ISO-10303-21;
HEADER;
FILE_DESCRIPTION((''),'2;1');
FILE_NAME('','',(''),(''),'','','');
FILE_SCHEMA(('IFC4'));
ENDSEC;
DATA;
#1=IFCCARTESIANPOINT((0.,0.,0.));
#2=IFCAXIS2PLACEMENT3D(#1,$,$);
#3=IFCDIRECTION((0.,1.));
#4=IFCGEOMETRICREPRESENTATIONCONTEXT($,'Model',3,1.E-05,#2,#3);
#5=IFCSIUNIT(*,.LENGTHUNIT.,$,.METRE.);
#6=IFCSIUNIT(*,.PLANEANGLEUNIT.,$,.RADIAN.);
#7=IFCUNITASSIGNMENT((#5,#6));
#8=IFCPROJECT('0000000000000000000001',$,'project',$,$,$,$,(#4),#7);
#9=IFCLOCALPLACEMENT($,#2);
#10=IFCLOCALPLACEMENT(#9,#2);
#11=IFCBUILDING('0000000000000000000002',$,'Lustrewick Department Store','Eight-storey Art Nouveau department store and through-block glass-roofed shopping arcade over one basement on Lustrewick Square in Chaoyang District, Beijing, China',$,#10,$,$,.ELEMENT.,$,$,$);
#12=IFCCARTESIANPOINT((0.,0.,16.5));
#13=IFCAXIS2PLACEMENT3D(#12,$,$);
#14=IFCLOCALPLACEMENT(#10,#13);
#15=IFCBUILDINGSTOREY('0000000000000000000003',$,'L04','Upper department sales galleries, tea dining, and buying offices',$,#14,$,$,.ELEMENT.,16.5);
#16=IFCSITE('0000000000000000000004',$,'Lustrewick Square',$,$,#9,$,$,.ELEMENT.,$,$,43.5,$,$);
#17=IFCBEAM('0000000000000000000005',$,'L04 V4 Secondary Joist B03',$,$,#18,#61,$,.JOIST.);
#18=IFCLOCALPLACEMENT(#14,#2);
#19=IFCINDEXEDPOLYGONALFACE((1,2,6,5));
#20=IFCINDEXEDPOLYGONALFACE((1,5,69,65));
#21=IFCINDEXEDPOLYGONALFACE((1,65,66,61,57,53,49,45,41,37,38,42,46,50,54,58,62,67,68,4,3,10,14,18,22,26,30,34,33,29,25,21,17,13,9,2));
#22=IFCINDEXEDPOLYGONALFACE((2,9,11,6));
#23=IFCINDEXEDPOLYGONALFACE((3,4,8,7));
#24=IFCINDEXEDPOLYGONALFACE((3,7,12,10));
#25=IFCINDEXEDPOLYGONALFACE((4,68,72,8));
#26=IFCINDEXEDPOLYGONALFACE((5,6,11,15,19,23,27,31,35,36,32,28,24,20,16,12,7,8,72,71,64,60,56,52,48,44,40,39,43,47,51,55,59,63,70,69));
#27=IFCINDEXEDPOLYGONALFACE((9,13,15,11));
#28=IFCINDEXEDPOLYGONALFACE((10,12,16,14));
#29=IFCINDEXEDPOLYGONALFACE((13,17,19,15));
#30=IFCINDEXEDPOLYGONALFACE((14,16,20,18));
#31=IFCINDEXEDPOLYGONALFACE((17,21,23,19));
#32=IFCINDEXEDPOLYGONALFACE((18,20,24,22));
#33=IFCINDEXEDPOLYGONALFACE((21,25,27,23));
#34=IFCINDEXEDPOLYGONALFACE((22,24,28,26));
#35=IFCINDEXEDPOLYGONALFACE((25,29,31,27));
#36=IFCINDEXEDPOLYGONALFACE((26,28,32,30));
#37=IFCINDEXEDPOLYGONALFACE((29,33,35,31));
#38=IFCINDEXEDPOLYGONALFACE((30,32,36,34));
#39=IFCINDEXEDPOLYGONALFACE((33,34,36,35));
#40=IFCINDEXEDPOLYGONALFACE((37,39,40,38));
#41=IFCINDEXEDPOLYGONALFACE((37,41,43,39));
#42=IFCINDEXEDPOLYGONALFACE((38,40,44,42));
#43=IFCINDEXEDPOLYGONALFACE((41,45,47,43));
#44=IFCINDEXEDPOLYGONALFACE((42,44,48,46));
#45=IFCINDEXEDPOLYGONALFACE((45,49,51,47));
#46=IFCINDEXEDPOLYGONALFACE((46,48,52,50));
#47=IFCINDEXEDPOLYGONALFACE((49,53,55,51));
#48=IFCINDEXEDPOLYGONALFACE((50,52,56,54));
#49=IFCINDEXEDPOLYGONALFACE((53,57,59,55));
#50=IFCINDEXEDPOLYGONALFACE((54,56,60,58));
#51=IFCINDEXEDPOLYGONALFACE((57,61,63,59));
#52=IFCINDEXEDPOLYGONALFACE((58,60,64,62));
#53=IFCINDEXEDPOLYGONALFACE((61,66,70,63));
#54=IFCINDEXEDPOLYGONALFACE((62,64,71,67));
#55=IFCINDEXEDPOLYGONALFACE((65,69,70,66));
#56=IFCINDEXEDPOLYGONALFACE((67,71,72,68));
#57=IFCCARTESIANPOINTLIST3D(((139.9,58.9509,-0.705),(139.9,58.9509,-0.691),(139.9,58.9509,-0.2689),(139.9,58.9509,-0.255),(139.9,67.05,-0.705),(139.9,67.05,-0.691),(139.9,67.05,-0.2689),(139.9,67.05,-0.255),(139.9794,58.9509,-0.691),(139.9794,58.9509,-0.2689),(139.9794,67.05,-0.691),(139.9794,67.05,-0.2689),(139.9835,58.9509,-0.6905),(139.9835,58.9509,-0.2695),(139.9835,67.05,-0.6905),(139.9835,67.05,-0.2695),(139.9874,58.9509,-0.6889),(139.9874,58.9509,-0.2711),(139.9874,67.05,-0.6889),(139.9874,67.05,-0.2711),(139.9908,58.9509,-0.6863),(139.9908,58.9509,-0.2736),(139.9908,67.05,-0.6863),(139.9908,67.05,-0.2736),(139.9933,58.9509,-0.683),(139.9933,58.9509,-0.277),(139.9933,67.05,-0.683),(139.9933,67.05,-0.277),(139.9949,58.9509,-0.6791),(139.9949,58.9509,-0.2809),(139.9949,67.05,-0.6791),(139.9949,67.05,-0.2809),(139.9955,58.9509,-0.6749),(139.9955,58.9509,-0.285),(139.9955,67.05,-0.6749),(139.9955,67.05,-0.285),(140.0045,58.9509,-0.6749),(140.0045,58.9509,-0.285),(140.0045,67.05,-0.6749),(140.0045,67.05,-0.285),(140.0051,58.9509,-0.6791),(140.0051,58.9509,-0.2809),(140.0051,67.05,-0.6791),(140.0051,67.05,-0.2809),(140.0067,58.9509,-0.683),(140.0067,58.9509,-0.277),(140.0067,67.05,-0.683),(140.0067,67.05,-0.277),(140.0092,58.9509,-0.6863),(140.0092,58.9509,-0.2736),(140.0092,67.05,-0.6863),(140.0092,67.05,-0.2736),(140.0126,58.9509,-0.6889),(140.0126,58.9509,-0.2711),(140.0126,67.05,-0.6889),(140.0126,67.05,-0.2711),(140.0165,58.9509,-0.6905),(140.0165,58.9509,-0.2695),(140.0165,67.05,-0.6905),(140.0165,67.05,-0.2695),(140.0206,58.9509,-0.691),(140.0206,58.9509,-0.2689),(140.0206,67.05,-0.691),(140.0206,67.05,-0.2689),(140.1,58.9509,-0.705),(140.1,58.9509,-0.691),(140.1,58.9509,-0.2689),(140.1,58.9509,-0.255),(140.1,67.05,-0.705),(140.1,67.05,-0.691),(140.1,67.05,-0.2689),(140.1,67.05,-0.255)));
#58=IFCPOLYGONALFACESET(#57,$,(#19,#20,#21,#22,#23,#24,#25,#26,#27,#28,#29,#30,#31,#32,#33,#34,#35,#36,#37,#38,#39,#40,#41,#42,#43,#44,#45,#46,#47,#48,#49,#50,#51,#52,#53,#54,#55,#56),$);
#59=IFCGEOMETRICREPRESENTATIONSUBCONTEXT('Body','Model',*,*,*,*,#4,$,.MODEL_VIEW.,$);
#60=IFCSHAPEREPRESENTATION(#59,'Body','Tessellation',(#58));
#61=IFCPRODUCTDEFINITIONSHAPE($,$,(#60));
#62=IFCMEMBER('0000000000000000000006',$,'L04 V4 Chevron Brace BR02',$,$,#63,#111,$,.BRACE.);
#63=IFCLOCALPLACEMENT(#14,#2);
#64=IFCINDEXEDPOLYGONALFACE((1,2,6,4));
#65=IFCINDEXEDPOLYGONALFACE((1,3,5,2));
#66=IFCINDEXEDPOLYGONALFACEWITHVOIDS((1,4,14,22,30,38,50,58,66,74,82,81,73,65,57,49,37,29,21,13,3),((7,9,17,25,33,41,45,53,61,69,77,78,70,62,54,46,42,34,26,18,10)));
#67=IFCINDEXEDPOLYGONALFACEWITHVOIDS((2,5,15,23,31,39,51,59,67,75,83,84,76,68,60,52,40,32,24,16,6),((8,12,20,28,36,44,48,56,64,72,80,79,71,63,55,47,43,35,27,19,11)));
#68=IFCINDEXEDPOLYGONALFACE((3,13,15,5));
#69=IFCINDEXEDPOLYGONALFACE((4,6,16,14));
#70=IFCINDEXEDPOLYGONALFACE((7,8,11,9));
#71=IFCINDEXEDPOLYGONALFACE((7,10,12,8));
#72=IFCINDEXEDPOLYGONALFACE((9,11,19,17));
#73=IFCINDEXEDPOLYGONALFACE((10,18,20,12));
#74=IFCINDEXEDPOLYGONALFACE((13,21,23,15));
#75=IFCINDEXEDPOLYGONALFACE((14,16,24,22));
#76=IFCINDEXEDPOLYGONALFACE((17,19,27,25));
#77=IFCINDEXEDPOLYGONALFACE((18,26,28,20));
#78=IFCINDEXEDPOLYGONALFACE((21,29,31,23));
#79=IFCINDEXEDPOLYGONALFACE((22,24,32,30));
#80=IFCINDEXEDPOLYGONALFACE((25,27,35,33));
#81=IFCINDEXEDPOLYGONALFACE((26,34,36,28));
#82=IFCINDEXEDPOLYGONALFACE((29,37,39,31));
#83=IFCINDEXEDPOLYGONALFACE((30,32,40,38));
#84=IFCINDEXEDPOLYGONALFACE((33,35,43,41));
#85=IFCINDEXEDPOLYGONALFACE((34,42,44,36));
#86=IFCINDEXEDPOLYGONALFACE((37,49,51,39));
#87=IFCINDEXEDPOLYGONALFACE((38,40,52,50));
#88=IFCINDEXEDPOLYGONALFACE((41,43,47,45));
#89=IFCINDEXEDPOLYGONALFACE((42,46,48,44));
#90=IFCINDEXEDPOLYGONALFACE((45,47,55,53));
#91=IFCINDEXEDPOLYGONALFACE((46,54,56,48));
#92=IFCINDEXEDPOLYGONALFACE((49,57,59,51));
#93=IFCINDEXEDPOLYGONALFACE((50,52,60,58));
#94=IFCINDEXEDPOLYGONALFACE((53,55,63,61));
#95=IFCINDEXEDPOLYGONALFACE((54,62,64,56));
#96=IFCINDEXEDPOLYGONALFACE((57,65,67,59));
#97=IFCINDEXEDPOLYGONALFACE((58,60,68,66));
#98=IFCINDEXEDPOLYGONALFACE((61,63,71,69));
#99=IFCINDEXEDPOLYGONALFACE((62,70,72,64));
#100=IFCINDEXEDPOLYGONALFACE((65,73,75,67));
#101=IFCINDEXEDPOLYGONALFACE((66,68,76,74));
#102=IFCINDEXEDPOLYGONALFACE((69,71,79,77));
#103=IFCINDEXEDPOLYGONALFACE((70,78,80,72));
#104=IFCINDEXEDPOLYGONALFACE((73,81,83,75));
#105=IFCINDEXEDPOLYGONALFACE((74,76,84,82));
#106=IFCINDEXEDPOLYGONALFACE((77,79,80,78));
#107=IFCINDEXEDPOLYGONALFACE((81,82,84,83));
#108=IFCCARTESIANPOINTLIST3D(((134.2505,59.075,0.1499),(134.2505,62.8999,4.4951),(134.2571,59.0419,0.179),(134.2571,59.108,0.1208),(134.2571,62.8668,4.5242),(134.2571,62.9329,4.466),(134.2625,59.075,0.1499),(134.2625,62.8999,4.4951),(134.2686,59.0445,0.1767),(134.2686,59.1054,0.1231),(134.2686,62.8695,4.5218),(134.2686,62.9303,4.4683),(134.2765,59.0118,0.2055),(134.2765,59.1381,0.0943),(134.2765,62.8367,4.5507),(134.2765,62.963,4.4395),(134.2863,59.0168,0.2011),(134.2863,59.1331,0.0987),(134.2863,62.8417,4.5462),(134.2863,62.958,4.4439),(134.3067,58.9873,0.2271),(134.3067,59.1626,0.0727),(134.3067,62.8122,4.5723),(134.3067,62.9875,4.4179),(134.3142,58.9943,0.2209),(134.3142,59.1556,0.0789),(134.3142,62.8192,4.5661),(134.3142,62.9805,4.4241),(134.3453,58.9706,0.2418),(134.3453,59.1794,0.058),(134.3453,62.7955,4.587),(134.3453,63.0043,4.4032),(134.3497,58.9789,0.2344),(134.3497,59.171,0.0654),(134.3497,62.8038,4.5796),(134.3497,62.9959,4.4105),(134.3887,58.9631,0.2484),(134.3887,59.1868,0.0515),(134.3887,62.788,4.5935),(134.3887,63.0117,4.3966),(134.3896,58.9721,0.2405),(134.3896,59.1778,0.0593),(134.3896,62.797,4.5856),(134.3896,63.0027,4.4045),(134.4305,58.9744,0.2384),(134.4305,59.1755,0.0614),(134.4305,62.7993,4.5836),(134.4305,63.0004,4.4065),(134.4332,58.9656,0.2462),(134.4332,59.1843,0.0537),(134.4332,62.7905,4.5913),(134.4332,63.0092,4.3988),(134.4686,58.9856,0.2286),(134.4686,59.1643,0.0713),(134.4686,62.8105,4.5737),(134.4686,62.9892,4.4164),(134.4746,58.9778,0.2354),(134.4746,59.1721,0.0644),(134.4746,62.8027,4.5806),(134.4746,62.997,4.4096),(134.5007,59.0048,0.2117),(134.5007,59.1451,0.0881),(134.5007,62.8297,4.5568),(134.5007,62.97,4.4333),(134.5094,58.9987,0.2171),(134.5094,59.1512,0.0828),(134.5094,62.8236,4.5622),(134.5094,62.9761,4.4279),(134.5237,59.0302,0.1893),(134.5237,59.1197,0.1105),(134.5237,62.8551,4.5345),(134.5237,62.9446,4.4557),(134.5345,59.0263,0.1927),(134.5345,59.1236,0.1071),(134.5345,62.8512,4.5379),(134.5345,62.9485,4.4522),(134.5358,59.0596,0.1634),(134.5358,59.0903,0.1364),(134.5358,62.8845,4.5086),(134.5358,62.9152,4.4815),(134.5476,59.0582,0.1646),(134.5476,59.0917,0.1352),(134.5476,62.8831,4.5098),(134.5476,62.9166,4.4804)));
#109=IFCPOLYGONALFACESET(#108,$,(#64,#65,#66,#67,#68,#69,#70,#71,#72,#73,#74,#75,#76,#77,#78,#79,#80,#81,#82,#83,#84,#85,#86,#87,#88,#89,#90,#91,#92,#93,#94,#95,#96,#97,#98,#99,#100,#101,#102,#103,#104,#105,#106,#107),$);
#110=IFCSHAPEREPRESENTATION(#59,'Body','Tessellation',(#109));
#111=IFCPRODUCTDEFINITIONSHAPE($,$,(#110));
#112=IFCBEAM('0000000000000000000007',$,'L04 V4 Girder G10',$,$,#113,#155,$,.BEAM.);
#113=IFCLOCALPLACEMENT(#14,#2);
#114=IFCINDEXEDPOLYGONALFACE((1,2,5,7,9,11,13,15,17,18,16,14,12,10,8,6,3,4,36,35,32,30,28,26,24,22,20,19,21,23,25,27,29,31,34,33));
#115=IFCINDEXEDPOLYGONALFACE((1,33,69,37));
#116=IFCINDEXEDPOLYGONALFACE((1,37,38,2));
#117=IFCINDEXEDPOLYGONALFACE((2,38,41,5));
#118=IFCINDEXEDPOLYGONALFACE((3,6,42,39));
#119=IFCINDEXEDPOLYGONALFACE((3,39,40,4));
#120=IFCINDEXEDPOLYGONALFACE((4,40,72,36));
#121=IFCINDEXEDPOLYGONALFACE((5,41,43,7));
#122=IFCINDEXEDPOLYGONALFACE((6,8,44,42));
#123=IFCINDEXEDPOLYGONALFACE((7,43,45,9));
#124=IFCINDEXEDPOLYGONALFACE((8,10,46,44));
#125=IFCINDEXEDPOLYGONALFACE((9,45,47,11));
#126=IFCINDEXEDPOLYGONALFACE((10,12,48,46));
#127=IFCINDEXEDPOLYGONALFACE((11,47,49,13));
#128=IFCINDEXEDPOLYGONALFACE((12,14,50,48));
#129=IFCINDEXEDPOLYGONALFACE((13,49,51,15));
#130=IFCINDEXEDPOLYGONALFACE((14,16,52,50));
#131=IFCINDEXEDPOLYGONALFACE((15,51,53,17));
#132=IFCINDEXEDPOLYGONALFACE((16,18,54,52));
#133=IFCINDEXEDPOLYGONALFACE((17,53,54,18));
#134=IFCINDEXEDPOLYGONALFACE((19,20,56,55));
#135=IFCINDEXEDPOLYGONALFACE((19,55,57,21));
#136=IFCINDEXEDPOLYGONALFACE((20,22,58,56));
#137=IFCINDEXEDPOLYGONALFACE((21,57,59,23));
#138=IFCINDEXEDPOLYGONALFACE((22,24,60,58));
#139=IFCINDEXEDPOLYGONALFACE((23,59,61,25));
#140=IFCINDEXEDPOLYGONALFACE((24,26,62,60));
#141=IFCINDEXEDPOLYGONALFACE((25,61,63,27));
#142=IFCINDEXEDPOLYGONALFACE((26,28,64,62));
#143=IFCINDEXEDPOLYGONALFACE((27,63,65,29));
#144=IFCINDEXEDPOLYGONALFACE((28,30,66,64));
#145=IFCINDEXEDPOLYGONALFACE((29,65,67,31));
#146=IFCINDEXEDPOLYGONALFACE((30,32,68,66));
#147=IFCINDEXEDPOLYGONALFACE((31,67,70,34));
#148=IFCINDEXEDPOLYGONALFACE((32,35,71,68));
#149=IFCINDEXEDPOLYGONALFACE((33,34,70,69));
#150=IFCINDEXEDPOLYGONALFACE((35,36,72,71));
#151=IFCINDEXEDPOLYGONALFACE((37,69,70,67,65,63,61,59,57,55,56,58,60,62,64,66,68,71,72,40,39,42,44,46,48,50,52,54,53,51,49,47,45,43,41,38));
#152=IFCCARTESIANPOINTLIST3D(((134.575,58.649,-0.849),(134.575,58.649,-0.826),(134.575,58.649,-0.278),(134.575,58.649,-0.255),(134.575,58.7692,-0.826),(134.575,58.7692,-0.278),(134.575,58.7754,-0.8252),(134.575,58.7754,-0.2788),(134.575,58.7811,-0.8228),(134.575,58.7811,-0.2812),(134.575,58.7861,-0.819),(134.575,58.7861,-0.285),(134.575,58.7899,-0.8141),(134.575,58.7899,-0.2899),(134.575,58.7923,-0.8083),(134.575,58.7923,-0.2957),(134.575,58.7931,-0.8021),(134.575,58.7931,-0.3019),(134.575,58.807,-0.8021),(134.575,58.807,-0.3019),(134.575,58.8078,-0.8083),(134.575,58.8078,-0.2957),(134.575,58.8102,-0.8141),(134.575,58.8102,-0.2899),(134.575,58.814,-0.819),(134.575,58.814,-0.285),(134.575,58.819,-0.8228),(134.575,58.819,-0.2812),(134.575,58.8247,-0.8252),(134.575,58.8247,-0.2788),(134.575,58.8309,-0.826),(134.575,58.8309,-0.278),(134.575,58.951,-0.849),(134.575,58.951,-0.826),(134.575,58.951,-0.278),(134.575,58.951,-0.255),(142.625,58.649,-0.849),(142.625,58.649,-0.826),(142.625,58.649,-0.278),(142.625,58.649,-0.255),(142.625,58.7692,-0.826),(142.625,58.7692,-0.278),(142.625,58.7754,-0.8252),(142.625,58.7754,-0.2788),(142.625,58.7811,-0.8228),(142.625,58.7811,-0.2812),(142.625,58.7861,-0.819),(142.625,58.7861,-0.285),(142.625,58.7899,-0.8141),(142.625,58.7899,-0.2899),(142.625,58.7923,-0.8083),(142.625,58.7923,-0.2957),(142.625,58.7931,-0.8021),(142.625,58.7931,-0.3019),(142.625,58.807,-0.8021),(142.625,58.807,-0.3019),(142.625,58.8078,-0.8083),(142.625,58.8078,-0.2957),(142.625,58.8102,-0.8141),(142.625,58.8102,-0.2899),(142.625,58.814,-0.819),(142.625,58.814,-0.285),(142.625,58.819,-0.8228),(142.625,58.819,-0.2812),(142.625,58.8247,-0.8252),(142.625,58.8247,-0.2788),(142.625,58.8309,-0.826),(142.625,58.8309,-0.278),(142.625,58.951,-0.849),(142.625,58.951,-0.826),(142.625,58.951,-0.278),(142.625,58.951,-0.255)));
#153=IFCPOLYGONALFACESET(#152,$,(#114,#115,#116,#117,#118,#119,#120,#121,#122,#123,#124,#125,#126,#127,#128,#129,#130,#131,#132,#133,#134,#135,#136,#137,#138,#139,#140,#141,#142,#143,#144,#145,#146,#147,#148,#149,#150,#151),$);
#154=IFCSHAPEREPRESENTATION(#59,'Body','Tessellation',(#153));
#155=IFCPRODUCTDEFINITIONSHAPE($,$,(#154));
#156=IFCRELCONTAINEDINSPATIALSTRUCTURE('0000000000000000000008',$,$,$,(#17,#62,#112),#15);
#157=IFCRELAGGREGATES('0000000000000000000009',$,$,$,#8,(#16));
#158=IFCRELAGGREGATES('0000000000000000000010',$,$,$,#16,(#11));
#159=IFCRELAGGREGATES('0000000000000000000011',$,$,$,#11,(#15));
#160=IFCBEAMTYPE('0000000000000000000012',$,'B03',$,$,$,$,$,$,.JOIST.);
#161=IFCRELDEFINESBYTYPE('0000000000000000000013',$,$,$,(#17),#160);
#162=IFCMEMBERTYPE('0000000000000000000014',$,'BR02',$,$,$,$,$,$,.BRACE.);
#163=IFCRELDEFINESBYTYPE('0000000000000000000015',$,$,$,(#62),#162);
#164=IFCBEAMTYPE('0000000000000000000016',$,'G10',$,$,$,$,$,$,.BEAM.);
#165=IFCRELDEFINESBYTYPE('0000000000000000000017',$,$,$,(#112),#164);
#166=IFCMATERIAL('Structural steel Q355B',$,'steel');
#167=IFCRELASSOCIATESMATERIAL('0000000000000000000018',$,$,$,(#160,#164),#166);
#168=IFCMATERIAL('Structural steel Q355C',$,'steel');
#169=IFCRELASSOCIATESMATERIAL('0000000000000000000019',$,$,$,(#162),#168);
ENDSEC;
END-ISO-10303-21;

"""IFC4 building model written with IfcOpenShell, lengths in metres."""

from ifc_helpers import new_model, si_unit, direction, frame, origin, origin_2d, place, context, subcontext, project, spatial, hollow_circle, i_section, extrude, material, material_profile, profile_set, type_object, element, save


model = new_model("IFC4")

# Units and contexts
model_context = context("Model", 3, precision=1e-05, world=origin(), true_north=direction((0.0, 1.0)))
body_context = subcontext(model_context, "Body", "Model", "MODEL_VIEW")
ifc_project = project(units=[si_unit("LENGTHUNIT", "METRE"), si_unit("PLANEANGLEUNIT", "RADIAN")], contexts=[model_context])

# Site, building, storey
site_placement = place(None, origin())
site = spatial("IfcSite", under=ifc_project, at=site_placement, Name="Lustrewick Square", CompositionType="ELEMENT", RefElevation=43.5)
building_placement = place(site_placement, origin())
building = spatial("IfcBuilding", under=site, at=building_placement, Name="Lustrewick Department Store", Description="Eight-storey Art Nouveau department store and through-block glass-roofed shopping arcade over one basement on Lustrewick Square in Chaoyang District, Beijing, China", CompositionType="ELEMENT")
storey_placement = place(building_placement, frame((0.0, 0.0, 16.5)))
storey = spatial("IfcBuildingStorey", under=building, at=storey_placement, Name="L04", Description="Upper department sales galleries, tea dining, and buying offices", CompositionType="ELEMENT", Elevation=16.5)

# Shared definitions
ifc_material_1 = material(Name="Structural steel Q355C", Category="steel")
ifc_material_2 = material(Name="Structural steel Q355B", Category="steel")

# Beam
ifc_material_profile_1 = material_profile(ifc_material_2, i_section(OverallWidth=0.2, OverallDepth=0.45, WebThickness=0.009, FlangeThickness=0.0139, FilletRadius=0.0161, at=origin_2d()), Name="HN 450x200x9x14")
ifc_profile_set_1 = profile_set([ifc_material_profile_1], Name="Structural steel Q355B")
beam_type_1 = type_object("IfcBeamType", Name="B03", PredefinedType="JOIST", material=ifc_profile_set_1)
beam_1_placement = place(storey_placement, frame((140.0, 58.9509, -0.48), z_axis=(0.0, 1.0, 0.0), x_axis=(-1.0, 0.0, 0.0)))
element("IfcBeam", 1, at=beam_1_placement, inside=storey, type_object=beam_type_1, Name="L04 V4 Secondary Joist B03", PredefinedType="JOIST", context=body_context, shape_type="SweptSolid", body=[
    extrude(i_section(OverallWidth=0.2, OverallDepth=0.45, WebThickness=0.009, FlangeThickness=0.0139, FilletRadius=0.0161, at=origin_2d()), origin(), (0.0, 0.0, 1.0), 8.0991),
])

# Member
ifc_material_profile_2 = material_profile(ifc_material_1, hollow_circle(Radius=0.1494, WallThickness=0.012, at=origin_2d()), Name="CHS 299x12")
ifc_profile_set_2 = profile_set([ifc_material_profile_2], Name="Structural steel Q355C")
member_type = type_object("IfcMemberType", Name="BR02", PredefinedType="BRACE", material=ifc_profile_set_2)
member_placement = place(storey_placement, frame((134.3999, 59.075, 0.1499), z_axis=(0.0, 0.660741, 0.750614), x_axis=(-1.0, 0.0, 0.0)))
element("IfcMember", 2, at=member_placement, inside=storey, type_object=member_type, Name="L04 V4 Chevron Brace BR02", PredefinedType="BRACE", context=body_context, shape_type="SweptSolid", body=[
    extrude(hollow_circle(Radius=0.1494, WallThickness=0.012, at=origin_2d()), origin(), (0.0, 0.0, 1.0), 5.7888),
])

# Beam
ifc_material_profile_3 = material_profile(ifc_material_2, i_section(OverallWidth=0.302, OverallDepth=0.594, WebThickness=0.0139, FlangeThickness=0.0229, FilletRadius=0.0239, at=origin_2d()), Name="HM 594x302x14x23")
ifc_profile_set_3 = profile_set([ifc_material_profile_3], Name="Structural steel Q355B")
beam_type_2 = type_object("IfcBeamType", Name="G10", PredefinedType="BEAM", material=ifc_profile_set_3)
beam_2_placement = place(storey_placement, frame((134.575, 58.8, -0.552), z_axis=(1.0, 0.0, 0.0), x_axis=(0.0, 1.0, 0.0)))
element("IfcBeam", 3, at=beam_2_placement, inside=storey, type_object=beam_type_2, Name="L04 V4 Girder G10", PredefinedType="BEAM", context=body_context, shape_type="SweptSolid", body=[
    extrude(i_section(OverallWidth=0.302, OverallDepth=0.594, WebThickness=0.0139, FlangeThickness=0.0229, FilletRadius=0.0239, at=origin_2d()), origin(), (0.0, 0.0, 1.0), 8.05),
])

save(model, "model.ifc")
